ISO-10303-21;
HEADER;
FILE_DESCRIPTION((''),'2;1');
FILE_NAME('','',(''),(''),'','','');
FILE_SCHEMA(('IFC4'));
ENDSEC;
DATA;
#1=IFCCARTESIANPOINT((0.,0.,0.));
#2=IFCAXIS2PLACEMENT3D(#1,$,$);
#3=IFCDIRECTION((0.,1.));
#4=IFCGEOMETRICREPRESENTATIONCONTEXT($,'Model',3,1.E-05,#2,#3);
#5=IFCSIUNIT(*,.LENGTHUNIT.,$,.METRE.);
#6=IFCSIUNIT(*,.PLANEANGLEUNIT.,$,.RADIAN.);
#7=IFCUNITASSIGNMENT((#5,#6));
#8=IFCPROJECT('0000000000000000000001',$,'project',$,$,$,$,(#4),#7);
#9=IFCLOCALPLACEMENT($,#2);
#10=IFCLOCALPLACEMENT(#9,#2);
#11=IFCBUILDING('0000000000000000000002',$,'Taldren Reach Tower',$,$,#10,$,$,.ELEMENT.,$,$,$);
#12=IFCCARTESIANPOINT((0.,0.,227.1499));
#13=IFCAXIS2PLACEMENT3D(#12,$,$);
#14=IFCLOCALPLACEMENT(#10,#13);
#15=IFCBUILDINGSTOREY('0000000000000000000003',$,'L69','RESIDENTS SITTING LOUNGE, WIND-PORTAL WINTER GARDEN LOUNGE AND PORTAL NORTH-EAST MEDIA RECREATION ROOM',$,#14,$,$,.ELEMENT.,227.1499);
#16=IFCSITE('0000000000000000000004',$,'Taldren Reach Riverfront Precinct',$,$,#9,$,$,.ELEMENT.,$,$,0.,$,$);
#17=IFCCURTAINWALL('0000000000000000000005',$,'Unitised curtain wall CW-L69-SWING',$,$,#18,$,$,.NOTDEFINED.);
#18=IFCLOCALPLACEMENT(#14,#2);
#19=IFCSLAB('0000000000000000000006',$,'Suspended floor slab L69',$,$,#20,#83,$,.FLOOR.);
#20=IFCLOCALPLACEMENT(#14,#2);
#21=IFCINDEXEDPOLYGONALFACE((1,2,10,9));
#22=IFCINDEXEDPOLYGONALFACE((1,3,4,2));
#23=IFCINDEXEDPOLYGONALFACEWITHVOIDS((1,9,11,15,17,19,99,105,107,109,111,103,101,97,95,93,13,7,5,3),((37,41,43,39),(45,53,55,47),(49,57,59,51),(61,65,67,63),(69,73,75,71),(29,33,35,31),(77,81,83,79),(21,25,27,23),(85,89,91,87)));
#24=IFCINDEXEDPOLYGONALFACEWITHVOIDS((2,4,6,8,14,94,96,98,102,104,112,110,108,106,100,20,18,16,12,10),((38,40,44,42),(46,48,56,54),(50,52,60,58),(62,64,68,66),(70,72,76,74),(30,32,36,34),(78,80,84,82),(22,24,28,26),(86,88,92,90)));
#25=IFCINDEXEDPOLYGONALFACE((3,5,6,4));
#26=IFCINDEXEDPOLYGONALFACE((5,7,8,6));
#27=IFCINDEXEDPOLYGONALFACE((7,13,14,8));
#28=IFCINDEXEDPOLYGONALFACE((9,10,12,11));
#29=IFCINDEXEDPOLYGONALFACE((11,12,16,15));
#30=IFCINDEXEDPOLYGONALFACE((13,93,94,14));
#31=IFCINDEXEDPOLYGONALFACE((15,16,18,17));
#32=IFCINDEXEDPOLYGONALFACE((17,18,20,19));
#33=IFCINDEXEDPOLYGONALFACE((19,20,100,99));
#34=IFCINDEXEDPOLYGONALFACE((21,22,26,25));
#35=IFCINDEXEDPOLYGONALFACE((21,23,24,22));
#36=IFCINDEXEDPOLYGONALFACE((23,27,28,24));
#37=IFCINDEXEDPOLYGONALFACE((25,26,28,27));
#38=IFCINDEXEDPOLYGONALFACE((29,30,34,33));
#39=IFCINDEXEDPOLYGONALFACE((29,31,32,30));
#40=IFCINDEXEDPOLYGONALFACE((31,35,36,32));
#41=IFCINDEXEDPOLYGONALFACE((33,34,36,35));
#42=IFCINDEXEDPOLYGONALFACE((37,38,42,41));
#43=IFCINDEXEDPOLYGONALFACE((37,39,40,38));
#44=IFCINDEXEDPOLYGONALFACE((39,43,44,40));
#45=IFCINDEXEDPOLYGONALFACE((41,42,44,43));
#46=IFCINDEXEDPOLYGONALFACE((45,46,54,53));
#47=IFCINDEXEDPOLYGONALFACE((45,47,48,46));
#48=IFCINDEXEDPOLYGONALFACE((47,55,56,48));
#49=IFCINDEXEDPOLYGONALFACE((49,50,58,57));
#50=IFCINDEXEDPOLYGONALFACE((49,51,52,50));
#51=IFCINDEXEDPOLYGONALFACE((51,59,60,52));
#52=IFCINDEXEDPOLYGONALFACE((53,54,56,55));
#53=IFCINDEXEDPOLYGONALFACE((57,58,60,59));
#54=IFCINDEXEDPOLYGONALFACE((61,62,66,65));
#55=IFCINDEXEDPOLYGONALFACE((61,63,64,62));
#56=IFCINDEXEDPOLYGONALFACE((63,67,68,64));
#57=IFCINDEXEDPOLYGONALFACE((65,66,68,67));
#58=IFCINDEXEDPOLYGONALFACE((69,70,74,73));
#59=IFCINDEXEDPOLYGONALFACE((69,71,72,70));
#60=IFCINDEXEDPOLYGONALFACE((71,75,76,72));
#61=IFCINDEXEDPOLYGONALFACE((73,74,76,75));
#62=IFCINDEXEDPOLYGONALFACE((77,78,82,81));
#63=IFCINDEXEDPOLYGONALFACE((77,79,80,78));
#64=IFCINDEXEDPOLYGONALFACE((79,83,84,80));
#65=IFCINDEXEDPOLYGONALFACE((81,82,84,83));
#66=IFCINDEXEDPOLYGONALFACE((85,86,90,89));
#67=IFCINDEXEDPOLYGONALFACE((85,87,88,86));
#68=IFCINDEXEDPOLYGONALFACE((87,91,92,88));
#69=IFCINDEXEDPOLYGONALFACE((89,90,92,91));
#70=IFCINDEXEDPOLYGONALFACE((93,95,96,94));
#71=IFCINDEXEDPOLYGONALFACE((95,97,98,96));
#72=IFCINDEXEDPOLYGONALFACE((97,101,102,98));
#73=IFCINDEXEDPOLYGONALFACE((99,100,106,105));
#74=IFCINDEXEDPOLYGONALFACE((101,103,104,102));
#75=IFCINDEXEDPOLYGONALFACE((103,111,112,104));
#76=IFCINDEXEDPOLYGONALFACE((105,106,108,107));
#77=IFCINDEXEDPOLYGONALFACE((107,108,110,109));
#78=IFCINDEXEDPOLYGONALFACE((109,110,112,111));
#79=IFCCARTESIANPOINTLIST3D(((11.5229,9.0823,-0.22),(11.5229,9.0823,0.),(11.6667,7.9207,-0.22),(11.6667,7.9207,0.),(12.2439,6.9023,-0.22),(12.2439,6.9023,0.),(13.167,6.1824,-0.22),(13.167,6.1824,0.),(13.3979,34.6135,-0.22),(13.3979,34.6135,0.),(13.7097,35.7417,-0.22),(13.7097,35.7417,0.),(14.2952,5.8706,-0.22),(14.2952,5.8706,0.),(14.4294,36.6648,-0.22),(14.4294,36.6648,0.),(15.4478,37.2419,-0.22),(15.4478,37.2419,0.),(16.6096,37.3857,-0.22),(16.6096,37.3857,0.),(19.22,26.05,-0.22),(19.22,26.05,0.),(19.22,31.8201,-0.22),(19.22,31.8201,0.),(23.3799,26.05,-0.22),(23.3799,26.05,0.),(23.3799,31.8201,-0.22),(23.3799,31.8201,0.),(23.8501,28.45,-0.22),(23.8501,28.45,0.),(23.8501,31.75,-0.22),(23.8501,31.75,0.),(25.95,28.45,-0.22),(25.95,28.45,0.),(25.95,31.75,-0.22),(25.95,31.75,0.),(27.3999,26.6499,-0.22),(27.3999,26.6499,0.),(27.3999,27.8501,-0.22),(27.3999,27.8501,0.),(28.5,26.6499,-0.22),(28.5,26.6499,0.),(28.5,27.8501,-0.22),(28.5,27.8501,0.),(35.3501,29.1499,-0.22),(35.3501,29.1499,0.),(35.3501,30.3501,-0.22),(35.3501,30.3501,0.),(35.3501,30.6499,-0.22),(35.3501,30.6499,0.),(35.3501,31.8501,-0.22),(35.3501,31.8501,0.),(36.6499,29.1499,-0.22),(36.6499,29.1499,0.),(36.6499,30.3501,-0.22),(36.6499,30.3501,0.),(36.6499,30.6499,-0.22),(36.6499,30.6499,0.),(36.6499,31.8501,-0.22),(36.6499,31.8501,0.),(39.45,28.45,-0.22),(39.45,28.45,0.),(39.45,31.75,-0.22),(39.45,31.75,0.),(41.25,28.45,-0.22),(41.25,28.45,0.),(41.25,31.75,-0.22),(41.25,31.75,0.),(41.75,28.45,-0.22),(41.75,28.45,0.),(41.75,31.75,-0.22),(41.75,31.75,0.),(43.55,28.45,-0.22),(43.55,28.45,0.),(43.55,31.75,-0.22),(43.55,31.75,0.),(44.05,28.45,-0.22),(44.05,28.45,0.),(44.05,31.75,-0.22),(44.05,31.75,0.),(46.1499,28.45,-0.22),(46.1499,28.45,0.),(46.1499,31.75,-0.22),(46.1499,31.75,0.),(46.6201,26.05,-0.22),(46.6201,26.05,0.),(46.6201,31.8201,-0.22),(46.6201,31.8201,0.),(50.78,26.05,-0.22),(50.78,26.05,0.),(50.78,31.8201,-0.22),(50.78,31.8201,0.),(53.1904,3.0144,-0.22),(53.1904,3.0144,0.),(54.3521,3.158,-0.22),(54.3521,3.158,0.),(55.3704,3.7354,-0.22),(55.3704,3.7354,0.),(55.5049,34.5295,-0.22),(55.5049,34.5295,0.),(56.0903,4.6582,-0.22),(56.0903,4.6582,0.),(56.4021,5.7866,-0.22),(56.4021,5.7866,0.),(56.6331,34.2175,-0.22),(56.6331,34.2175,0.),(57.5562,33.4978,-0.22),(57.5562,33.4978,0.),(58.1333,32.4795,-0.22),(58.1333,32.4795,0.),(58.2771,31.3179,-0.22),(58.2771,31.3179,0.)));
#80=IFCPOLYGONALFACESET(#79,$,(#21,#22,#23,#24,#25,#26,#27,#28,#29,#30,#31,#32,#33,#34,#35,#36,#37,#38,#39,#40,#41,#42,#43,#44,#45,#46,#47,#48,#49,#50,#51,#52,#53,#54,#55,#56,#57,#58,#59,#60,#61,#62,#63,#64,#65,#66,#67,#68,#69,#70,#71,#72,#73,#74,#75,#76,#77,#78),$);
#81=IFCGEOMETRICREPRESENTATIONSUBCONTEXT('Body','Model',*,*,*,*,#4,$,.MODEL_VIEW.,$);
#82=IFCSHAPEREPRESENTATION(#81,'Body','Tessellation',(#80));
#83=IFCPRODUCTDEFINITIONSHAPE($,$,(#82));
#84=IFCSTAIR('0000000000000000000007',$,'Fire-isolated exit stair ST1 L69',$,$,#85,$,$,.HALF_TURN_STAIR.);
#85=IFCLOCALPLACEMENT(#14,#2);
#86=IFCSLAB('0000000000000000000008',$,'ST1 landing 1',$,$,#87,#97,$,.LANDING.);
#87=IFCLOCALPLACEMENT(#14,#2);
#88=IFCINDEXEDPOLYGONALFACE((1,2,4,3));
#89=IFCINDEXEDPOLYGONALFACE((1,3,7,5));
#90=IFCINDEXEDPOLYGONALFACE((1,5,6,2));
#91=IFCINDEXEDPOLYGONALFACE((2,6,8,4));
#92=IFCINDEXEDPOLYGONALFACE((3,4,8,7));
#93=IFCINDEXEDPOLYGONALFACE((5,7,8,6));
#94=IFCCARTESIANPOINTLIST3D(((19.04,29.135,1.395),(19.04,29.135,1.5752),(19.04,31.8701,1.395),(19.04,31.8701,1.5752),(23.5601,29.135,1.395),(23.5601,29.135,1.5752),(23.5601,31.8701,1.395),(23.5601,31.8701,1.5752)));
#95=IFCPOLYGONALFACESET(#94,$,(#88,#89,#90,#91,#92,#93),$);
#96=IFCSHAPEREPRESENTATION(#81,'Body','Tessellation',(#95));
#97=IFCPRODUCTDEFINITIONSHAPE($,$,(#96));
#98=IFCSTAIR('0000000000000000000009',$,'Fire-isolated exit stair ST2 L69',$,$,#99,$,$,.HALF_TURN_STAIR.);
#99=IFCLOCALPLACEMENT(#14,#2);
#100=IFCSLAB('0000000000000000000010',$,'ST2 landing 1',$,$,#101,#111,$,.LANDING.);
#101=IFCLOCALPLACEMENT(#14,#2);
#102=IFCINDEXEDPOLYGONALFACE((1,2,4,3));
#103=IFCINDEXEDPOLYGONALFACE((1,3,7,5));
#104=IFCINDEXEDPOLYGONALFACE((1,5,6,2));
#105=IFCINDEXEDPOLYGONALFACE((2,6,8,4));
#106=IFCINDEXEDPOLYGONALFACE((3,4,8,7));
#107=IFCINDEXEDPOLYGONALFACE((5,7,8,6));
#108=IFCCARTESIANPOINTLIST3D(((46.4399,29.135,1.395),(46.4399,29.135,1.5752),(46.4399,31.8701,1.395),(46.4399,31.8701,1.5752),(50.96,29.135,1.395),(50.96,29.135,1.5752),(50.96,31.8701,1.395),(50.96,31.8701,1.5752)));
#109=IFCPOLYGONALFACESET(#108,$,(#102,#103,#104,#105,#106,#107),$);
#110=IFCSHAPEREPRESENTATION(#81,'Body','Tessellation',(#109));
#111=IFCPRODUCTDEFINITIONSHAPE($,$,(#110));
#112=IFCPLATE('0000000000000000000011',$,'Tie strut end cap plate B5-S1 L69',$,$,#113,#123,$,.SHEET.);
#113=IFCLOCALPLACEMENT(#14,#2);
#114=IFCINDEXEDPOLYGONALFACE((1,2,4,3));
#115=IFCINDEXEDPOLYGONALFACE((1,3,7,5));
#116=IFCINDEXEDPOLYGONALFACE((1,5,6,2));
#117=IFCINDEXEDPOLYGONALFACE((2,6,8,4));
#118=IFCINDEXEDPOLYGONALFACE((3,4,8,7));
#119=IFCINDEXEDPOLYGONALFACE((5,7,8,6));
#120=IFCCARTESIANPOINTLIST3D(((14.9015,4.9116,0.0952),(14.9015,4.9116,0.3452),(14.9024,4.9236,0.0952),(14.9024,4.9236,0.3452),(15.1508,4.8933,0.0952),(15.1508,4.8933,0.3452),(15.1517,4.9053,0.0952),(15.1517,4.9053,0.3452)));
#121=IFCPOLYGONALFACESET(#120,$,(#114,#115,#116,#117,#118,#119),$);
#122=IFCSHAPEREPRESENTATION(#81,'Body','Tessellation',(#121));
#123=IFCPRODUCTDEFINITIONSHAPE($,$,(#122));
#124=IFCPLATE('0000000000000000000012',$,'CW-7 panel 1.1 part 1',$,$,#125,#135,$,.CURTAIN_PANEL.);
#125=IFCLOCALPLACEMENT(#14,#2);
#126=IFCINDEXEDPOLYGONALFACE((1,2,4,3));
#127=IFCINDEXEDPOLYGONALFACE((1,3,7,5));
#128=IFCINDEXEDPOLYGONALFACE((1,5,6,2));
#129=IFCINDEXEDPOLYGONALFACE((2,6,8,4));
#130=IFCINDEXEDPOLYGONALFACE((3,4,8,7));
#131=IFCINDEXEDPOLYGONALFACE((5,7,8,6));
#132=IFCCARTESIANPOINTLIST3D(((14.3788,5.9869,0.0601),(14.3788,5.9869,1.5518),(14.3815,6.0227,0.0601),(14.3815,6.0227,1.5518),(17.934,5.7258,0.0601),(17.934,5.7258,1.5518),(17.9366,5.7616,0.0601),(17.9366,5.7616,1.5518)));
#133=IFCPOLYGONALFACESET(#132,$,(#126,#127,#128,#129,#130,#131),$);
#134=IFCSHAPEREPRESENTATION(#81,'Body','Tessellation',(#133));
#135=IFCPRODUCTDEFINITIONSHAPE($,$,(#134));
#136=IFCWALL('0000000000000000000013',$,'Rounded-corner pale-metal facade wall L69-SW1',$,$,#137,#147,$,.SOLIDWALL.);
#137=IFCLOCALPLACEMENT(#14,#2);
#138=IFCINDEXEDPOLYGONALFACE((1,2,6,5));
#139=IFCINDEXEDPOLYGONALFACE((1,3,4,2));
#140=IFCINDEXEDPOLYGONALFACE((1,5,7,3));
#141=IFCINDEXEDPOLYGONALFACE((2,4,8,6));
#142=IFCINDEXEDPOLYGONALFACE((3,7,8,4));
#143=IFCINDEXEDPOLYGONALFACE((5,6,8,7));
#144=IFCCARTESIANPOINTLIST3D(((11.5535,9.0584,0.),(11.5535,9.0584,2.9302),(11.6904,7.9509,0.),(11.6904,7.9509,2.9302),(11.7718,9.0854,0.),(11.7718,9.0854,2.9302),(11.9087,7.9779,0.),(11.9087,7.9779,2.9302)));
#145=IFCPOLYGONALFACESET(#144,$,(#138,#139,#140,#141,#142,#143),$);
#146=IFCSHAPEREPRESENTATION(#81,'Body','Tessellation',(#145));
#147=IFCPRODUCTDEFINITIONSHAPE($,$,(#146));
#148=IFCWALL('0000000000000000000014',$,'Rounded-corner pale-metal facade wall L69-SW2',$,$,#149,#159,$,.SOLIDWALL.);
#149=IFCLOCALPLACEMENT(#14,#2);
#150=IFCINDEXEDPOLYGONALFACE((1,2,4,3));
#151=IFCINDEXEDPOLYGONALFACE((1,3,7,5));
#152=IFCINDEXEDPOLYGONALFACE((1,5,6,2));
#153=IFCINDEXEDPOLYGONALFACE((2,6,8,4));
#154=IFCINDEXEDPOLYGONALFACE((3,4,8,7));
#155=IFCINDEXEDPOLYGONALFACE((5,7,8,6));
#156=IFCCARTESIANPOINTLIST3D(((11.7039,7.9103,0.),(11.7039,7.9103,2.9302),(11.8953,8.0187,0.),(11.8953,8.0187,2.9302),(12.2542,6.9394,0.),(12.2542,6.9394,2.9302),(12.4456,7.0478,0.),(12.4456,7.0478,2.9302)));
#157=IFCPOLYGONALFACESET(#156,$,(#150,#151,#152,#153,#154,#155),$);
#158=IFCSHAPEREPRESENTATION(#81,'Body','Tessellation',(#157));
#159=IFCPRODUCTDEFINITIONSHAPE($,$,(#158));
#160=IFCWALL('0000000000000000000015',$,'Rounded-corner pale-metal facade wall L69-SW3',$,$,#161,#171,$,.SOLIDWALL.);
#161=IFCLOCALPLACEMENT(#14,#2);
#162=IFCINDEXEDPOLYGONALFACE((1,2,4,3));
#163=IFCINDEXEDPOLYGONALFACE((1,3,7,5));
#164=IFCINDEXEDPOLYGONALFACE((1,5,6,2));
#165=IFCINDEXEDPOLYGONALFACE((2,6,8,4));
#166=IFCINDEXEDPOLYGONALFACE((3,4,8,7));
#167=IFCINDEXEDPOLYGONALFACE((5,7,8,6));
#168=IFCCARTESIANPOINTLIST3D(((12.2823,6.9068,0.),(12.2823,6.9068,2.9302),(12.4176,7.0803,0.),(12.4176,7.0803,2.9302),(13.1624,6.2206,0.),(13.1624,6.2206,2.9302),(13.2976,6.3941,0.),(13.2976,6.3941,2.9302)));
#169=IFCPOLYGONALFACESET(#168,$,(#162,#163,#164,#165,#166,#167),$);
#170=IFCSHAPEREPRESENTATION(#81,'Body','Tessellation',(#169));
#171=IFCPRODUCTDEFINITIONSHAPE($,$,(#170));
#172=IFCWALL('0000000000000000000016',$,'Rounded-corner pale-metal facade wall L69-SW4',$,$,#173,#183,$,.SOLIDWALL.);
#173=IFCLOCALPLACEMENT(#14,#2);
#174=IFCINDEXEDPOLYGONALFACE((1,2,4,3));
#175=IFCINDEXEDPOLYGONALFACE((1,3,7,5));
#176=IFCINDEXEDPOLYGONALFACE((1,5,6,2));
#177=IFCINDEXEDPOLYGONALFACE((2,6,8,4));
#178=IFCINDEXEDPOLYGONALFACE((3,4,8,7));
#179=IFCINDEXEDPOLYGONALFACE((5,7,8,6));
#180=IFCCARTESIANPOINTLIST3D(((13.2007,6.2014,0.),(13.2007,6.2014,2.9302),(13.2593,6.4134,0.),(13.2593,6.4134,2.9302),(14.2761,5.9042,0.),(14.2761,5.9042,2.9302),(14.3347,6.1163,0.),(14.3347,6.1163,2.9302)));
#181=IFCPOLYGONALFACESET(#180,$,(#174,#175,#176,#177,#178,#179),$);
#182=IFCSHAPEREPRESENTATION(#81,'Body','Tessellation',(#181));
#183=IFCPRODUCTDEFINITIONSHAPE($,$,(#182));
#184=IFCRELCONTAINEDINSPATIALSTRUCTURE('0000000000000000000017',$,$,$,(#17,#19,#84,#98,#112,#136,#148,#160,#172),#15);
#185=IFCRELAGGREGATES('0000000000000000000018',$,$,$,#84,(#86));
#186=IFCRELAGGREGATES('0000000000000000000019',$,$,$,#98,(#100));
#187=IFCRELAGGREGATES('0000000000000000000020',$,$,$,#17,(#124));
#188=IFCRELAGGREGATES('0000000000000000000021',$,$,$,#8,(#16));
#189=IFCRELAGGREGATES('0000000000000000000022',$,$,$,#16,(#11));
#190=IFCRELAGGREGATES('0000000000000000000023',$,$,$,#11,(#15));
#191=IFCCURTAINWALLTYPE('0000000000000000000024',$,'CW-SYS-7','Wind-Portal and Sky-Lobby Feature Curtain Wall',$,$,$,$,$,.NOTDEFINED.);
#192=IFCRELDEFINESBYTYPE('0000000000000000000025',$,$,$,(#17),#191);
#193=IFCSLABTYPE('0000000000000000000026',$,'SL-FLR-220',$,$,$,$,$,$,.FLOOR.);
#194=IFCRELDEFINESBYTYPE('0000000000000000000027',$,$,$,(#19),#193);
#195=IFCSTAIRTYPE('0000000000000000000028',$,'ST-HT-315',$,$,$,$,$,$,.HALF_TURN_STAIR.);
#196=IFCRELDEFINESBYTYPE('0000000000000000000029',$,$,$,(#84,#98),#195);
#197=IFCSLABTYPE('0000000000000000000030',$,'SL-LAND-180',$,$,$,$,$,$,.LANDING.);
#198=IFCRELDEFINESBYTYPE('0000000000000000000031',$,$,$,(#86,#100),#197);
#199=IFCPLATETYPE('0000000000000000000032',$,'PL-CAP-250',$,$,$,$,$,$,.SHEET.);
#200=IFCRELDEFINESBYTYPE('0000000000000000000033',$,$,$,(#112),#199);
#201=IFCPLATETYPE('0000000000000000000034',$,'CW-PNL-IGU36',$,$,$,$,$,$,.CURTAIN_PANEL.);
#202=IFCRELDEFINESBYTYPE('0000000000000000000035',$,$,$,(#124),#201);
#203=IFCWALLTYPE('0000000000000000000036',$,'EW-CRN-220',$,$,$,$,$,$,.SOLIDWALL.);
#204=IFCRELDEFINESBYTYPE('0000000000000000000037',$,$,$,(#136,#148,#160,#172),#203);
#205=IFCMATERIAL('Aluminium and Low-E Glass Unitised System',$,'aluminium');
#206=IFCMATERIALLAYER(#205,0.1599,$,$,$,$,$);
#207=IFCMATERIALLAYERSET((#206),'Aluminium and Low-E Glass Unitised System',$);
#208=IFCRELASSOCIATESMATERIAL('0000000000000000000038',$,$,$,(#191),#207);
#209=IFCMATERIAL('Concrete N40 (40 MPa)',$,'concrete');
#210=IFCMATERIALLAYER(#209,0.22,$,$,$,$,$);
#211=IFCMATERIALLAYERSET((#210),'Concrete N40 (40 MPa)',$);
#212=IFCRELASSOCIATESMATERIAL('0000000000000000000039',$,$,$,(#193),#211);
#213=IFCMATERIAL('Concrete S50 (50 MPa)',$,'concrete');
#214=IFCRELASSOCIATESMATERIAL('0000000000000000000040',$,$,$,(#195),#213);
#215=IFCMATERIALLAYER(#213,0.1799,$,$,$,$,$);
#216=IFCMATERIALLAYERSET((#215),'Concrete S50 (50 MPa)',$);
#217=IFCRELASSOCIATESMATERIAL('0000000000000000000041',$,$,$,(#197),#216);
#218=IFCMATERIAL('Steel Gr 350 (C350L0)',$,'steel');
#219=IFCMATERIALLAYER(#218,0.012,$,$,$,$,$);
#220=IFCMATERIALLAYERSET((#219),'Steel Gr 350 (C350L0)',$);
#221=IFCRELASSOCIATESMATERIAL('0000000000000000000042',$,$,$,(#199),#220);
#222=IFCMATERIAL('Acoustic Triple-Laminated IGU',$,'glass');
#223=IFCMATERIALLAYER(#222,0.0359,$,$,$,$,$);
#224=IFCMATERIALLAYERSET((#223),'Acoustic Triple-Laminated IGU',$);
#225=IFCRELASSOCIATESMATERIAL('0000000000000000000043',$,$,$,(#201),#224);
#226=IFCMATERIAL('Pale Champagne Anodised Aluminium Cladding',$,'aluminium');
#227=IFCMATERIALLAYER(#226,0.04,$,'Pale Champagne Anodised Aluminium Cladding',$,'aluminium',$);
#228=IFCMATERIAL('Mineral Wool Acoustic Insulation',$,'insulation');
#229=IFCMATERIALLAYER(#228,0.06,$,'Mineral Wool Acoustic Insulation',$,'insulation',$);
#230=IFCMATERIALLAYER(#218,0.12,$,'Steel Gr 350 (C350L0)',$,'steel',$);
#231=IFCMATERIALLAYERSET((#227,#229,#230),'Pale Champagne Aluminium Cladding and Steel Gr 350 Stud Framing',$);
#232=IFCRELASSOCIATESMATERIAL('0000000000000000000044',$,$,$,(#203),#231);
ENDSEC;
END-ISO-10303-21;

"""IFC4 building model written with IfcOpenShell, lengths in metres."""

from ifc_helpers import new_model, si_unit, direction, frame, frame_2d, origin, origin_2d, place, context, subcontext, project, spatial, polyline, rectangle, outline, extrude, source, transform, mapped, material, layer, layer_set, type_object, element, aggregate, save


model = new_model("IFC4")

# Units and contexts
model_context = context("Model", 3, precision=1e-05, world=origin(), true_north=direction((0.0, 1.0)))
body_context = subcontext(model_context, "Body", "Model", "MODEL_VIEW")
ifc_project = project(units=[si_unit("LENGTHUNIT", "METRE"), si_unit("PLANEANGLEUNIT", "RADIAN")], contexts=[model_context])

# Site, building, storey
site_placement = place(None, origin())
site = spatial("IfcSite", under=ifc_project, at=site_placement, Name="Taldren Reach Riverfront Precinct", CompositionType="ELEMENT", RefElevation=0.0)
building_placement = place(site_placement, origin())
building = spatial("IfcBuilding", under=site, at=building_placement, Name="Taldren Reach Tower", CompositionType="ELEMENT")
storey_placement = place(building_placement, frame((0.0, 0.0, 227.1499)))
storey = spatial("IfcBuildingStorey", under=building, at=storey_placement, Name="L69", Description="RESIDENTS SITTING LOUNGE, WIND-PORTAL WINTER GARDEN LOUNGE AND PORTAL NORTH-EAST MEDIA RECREATION ROOM", CompositionType="ELEMENT", Elevation=227.1499)

# Shared definitions
ifc_material_1 = material(Name="Steel Gr 350 (C350L0)", Category="steel")

# Curtain wall
ifc_material_2 = material(Name="Aluminium and Low-E Glass Unitised System", Category="aluminium")
ifc_layer_1 = layer(ifc_material_2, 0.1599)
ifc_layer_set_1 = layer_set([ifc_layer_1], Name="Aluminium and Low-E Glass Unitised System")
curtain_wall_type = type_object("IfcCurtainWallType", Name="CW-SYS-7", Description="Wind-Portal and Sky-Lobby Feature Curtain Wall", PredefinedType="NOTDEFINED", material=ifc_layer_set_1)
curtain_wall_1_placement = place(storey_placement, origin())
curtain_wall_1 = element("IfcCurtainWall", 1, at=curtain_wall_1_placement, inside=storey, type_object=curtain_wall_type, Name="Unitised curtain wall CW-L69-SWING", PredefinedType="NOTDEFINED")

# Slab
ifc_material_3 = material(Name="Concrete N40 (40 MPa)", Category="concrete")
ifc_layer_2 = layer(ifc_material_3, 0.22)
ifc_layer_set_2 = layer_set([ifc_layer_2], Name="Concrete N40 (40 MPa)")
slab_type_1 = type_object("IfcSlabType", Name="SL-FLR-220", PredefinedType="FLOOR", material=ifc_layer_set_2)
slab_1_placement = place(storey_placement, frame((0.0, 0.0, -0.22)))
element("IfcSlab", 2, at=slab_1_placement, inside=storey, type_object=slab_type_1, Name="Suspended floor slab L69", PredefinedType="FLOOR", context=body_context, shape_type="SweptSolid", body=[
    extrude(outline(polyline([(53.1904, 3.0144), (54.3521, 3.158), (55.3704, 3.7354), (56.0903, 4.6582), (56.4021, 5.7866), (58.2771, 31.3179), (58.1333, 32.4795), (57.5562, 33.4978), (56.6331, 34.2175), (55.5049, 34.5295), (16.6096, 37.3857), (15.4478, 37.2419), (14.4294, 36.6648), (13.7097, 35.7417), (13.3979, 34.6135), (11.5229, 9.0823), (11.6667, 7.9207), (12.2439, 6.9023), (13.167, 6.1824), (14.2952, 5.8706), (53.1904, 3.0144)]), holes=[polyline([(19.22, 26.05), (23.3799, 26.05), (23.3799, 31.8201), (19.22, 31.8201), (19.22, 26.05)]), polyline([(46.6201, 26.05), (50.78, 26.05), (50.78, 31.8201), (46.6201, 31.8201), (46.6201, 26.05)]), polyline([(23.8501, 28.45), (25.95, 28.45), (25.95, 31.75), (23.8501, 31.75), (23.8501, 28.45)]), polyline([(44.05, 28.45), (46.1499, 28.45), (46.1499, 31.75), (44.05, 31.75), (44.05, 28.45)]), polyline([(39.45, 28.45), (41.25, 28.45), (41.25, 31.75), (39.45, 31.75), (39.45, 28.45)]), polyline([(41.75, 28.45), (43.55, 28.45), (43.55, 31.75), (41.75, 31.75), (41.75, 28.45)]), polyline([(35.3501, 30.6499), (36.6499, 30.6499), (36.6499, 31.8501), (35.3501, 31.8501), (35.3501, 30.6499)]), polyline([(35.3501, 29.1499), (36.6499, 29.1499), (36.6499, 30.3501), (35.3501, 30.3501), (35.3501, 29.1499)]), polyline([(27.3999, 26.6499), (28.5, 26.6499), (28.5, 27.8501), (27.3999, 27.8501), (27.3999, 26.6499)])]), origin(), (0.0, 0.0, 1.0), 0.22),
])

# Stairs, slabs
ifc_material_4 = material(Name="Concrete S50 (50 MPa)", Category="concrete")
stair_type = type_object("IfcStairType", Name="ST-HT-315", PredefinedType="HALF_TURN_STAIR", material=ifc_material_4)
stair_1_placement = place(storey_placement, origin())
stair_1 = element("IfcStair", 3, at=stair_1_placement, inside=storey, type_object=stair_type, Name="Fire-isolated exit stair ST1 L69", PredefinedType="HALF_TURN_STAIR")
ifc_layer_3 = layer(ifc_material_4, 0.1799)
ifc_layer_set_3 = layer_set([ifc_layer_3], Name="Concrete S50 (50 MPa)")
slab_type_2 = type_object("IfcSlabType", Name="SL-LAND-180", PredefinedType="LANDING", material=ifc_layer_set_3)
slab_2_placement = place(storey_placement, frame((0.0, 0.0, 1.395)))
slab_2 = element("IfcSlab", 4, at=slab_2_placement, type_object=slab_type_2, Name="ST1 landing 1", PredefinedType="LANDING", context=body_context, shape_type="SweptSolid", body=[
    extrude(outline(polyline([(19.04, 29.135), (23.5601, 29.135), (23.5601, 31.8701), (19.04, 31.8701), (19.04, 29.135)])), origin(), (0.0, 0.0, 1.0), 0.1802),
])
aggregate(stair_1, [slab_2])
stair_2_placement = place(storey_placement, origin())
stair_2 = element("IfcStair", 5, at=stair_2_placement, inside=storey, type_object=stair_type, Name="Fire-isolated exit stair ST2 L69", PredefinedType="HALF_TURN_STAIR")
slab_3_placement = place(storey_placement, frame((0.0, 0.0, 1.395)))
slab_3 = element("IfcSlab", 6, at=slab_3_placement, type_object=slab_type_2, Name="ST2 landing 1", PredefinedType="LANDING", context=body_context, shape_type="SweptSolid", body=[
    extrude(outline(polyline([(46.4399, 29.135), (50.96, 29.135), (50.96, 31.8701), (46.4399, 31.8701), (46.4399, 29.135)])), origin(), (0.0, 0.0, 1.0), 0.1802),
])
aggregate(stair_2, [slab_3])

# Plates
ifc_layer_4 = layer(ifc_material_1, 0.012)
ifc_layer_set_4 = layer_set([ifc_layer_4], Name="Steel Gr 350 (C350L0)")
plate_type_1 = type_object("IfcPlateType", Name="PL-CAP-250", PredefinedType="SHEET", material=ifc_layer_set_4)
shared_shape_1 = source(origin(), body_context, "Body", "SweptSolid", [
    extrude(rectangle(XDim=0.25, YDim=0.012, at=origin_2d()), origin(), (0.0, 0.0, 1.0), 0.25),
])
plate_1_placement = place(storey_placement, frame((15.0266, 4.9084, 0.0952), z_axis=(0.0, 0.0, 1.0), x_axis=(0.997314, -0.073238, 0.0)))
element("IfcPlate", 7, at=plate_1_placement, inside=storey, type_object=plate_type_1, Name="Tie strut end cap plate B5-S1 L69", PredefinedType="SHEET", context=body_context, shape_type="MappedRepresentation", body=[
    mapped(shared_shape_1, transform((0.0, 0.0, 0.0), scale=1.0)),
])
ifc_material_5 = material(Name="Acoustic Triple-Laminated IGU", Category="glass")
ifc_layer_5 = layer(ifc_material_5, 0.0359)
ifc_layer_set_5 = layer_set([ifc_layer_5], Name="Acoustic Triple-Laminated IGU")
plate_type_2 = type_object("IfcPlateType", Name="CW-PNL-IGU36", PredefinedType="CURTAIN_PANEL", material=ifc_layer_set_5)
shared_shape_2 = source(origin(), body_context, "Body", "SweptSolid", [
    extrude(rectangle(XDim=3.5647, YDim=0.0359, at=origin_2d()), origin(), (0.0, 0.0, 1.0), 1.4917),
])
plate_2_placement = place(storey_placement, frame((16.1577, 5.8743, 0.0601), z_axis=(0.0, 0.0, 1.0), x_axis=(0.997314, -0.073238, 0.0)))
plate_2 = element("IfcPlate", 8, at=plate_2_placement, type_object=plate_type_2, Name="CW-7 panel 1.1 part 1", PredefinedType="CURTAIN_PANEL", context=body_context, shape_type="MappedRepresentation", body=[
    mapped(shared_shape_2, transform((0.0, 0.0, 0.0), scale=1.0)),
])
aggregate(curtain_wall_1, [plate_2])

# Walls
ifc_material_6 = material(Name="Pale Champagne Anodised Aluminium Cladding", Category="aluminium")
ifc_layer_6 = layer(ifc_material_6, 0.04, Name="Pale Champagne Anodised Aluminium Cladding", Category="aluminium")
ifc_material_7 = material(Name="Mineral Wool Acoustic Insulation", Category="insulation")
ifc_layer_7 = layer(ifc_material_7, 0.06, Name="Mineral Wool Acoustic Insulation", Category="insulation")
ifc_layer_8 = layer(ifc_material_1, 0.12, Name="Steel Gr 350 (C350L0)", Category="steel")
ifc_layer_set_6 = layer_set([ifc_layer_6, ifc_layer_7, ifc_layer_8], Name="Pale Champagne Aluminium Cladding and Steel Gr 350 Stud Framing")
wall_type = type_object("IfcWallType", Name="EW-CRN-220", PredefinedType="SOLIDWALL", material=ifc_layer_set_6)
shared_shape_3 = source(origin(), body_context, "Body", "SweptSolid", [
    extrude(rectangle(XDim=1.116, YDim=0.22, at=frame_2d((0.5581, 0.0))), origin(), (0.0, 0.0, 1.0), 2.9302),
])
for number, where, z_axis, x_axis, name in (
    (9, (11.6626, 9.072, 0.0), (0.0, 0.0, 1.0), (0.122742, -0.992439, 0.0), "Rounded-corner pale-metal facade wall L69-SW1"),
    (10, (11.7996, 7.9646, 0.0), (0.0, 0.0, 1.0), (0.493073, -0.869988, 0.0), "Rounded-corner pale-metal facade wall L69-SW2"),
    (11, (12.3499, 6.9937, 0.0), (0.0, 0.0, 1.0), (0.788598, -0.614909, 0.0), "Rounded-corner pale-metal facade wall L69-SW3"),
):
    element("IfcWall", number, at=place(storey_placement, frame(where, z_axis=z_axis, x_axis=x_axis)), inside=storey, type_object=wall_type, Name=name, PredefinedType="SOLIDWALL", context=body_context, shape_type="MappedRepresentation", body=[
        mapped(shared_shape_3, transform((0.0, 0.0, 0.0), scale=1.0)),
    ])
shared_shape_4 = source(origin(), body_context, "Body", "SweptSolid", [
    extrude(rectangle(XDim=1.1157, YDim=0.22, at=frame_2d((0.5579, 0.0))), origin(), (0.0, 0.0, 1.0), 2.9302),
])
wall_placement = place(storey_placement, frame((13.23, 6.3074, 0.0), z_axis=(0.0, 0.0, 1.0), x_axis=(0.96389, -0.266301, 0.0)))
element("IfcWall", 12, at=wall_placement, inside=storey, type_object=wall_type, Name="Rounded-corner pale-metal facade wall L69-SW4", PredefinedType="SOLIDWALL", context=body_context, shape_type="MappedRepresentation", body=[
    mapped(shared_shape_4, transform((0.0, 0.0, 0.0), scale=1.0)),
])

save(model, "model.ifc")
